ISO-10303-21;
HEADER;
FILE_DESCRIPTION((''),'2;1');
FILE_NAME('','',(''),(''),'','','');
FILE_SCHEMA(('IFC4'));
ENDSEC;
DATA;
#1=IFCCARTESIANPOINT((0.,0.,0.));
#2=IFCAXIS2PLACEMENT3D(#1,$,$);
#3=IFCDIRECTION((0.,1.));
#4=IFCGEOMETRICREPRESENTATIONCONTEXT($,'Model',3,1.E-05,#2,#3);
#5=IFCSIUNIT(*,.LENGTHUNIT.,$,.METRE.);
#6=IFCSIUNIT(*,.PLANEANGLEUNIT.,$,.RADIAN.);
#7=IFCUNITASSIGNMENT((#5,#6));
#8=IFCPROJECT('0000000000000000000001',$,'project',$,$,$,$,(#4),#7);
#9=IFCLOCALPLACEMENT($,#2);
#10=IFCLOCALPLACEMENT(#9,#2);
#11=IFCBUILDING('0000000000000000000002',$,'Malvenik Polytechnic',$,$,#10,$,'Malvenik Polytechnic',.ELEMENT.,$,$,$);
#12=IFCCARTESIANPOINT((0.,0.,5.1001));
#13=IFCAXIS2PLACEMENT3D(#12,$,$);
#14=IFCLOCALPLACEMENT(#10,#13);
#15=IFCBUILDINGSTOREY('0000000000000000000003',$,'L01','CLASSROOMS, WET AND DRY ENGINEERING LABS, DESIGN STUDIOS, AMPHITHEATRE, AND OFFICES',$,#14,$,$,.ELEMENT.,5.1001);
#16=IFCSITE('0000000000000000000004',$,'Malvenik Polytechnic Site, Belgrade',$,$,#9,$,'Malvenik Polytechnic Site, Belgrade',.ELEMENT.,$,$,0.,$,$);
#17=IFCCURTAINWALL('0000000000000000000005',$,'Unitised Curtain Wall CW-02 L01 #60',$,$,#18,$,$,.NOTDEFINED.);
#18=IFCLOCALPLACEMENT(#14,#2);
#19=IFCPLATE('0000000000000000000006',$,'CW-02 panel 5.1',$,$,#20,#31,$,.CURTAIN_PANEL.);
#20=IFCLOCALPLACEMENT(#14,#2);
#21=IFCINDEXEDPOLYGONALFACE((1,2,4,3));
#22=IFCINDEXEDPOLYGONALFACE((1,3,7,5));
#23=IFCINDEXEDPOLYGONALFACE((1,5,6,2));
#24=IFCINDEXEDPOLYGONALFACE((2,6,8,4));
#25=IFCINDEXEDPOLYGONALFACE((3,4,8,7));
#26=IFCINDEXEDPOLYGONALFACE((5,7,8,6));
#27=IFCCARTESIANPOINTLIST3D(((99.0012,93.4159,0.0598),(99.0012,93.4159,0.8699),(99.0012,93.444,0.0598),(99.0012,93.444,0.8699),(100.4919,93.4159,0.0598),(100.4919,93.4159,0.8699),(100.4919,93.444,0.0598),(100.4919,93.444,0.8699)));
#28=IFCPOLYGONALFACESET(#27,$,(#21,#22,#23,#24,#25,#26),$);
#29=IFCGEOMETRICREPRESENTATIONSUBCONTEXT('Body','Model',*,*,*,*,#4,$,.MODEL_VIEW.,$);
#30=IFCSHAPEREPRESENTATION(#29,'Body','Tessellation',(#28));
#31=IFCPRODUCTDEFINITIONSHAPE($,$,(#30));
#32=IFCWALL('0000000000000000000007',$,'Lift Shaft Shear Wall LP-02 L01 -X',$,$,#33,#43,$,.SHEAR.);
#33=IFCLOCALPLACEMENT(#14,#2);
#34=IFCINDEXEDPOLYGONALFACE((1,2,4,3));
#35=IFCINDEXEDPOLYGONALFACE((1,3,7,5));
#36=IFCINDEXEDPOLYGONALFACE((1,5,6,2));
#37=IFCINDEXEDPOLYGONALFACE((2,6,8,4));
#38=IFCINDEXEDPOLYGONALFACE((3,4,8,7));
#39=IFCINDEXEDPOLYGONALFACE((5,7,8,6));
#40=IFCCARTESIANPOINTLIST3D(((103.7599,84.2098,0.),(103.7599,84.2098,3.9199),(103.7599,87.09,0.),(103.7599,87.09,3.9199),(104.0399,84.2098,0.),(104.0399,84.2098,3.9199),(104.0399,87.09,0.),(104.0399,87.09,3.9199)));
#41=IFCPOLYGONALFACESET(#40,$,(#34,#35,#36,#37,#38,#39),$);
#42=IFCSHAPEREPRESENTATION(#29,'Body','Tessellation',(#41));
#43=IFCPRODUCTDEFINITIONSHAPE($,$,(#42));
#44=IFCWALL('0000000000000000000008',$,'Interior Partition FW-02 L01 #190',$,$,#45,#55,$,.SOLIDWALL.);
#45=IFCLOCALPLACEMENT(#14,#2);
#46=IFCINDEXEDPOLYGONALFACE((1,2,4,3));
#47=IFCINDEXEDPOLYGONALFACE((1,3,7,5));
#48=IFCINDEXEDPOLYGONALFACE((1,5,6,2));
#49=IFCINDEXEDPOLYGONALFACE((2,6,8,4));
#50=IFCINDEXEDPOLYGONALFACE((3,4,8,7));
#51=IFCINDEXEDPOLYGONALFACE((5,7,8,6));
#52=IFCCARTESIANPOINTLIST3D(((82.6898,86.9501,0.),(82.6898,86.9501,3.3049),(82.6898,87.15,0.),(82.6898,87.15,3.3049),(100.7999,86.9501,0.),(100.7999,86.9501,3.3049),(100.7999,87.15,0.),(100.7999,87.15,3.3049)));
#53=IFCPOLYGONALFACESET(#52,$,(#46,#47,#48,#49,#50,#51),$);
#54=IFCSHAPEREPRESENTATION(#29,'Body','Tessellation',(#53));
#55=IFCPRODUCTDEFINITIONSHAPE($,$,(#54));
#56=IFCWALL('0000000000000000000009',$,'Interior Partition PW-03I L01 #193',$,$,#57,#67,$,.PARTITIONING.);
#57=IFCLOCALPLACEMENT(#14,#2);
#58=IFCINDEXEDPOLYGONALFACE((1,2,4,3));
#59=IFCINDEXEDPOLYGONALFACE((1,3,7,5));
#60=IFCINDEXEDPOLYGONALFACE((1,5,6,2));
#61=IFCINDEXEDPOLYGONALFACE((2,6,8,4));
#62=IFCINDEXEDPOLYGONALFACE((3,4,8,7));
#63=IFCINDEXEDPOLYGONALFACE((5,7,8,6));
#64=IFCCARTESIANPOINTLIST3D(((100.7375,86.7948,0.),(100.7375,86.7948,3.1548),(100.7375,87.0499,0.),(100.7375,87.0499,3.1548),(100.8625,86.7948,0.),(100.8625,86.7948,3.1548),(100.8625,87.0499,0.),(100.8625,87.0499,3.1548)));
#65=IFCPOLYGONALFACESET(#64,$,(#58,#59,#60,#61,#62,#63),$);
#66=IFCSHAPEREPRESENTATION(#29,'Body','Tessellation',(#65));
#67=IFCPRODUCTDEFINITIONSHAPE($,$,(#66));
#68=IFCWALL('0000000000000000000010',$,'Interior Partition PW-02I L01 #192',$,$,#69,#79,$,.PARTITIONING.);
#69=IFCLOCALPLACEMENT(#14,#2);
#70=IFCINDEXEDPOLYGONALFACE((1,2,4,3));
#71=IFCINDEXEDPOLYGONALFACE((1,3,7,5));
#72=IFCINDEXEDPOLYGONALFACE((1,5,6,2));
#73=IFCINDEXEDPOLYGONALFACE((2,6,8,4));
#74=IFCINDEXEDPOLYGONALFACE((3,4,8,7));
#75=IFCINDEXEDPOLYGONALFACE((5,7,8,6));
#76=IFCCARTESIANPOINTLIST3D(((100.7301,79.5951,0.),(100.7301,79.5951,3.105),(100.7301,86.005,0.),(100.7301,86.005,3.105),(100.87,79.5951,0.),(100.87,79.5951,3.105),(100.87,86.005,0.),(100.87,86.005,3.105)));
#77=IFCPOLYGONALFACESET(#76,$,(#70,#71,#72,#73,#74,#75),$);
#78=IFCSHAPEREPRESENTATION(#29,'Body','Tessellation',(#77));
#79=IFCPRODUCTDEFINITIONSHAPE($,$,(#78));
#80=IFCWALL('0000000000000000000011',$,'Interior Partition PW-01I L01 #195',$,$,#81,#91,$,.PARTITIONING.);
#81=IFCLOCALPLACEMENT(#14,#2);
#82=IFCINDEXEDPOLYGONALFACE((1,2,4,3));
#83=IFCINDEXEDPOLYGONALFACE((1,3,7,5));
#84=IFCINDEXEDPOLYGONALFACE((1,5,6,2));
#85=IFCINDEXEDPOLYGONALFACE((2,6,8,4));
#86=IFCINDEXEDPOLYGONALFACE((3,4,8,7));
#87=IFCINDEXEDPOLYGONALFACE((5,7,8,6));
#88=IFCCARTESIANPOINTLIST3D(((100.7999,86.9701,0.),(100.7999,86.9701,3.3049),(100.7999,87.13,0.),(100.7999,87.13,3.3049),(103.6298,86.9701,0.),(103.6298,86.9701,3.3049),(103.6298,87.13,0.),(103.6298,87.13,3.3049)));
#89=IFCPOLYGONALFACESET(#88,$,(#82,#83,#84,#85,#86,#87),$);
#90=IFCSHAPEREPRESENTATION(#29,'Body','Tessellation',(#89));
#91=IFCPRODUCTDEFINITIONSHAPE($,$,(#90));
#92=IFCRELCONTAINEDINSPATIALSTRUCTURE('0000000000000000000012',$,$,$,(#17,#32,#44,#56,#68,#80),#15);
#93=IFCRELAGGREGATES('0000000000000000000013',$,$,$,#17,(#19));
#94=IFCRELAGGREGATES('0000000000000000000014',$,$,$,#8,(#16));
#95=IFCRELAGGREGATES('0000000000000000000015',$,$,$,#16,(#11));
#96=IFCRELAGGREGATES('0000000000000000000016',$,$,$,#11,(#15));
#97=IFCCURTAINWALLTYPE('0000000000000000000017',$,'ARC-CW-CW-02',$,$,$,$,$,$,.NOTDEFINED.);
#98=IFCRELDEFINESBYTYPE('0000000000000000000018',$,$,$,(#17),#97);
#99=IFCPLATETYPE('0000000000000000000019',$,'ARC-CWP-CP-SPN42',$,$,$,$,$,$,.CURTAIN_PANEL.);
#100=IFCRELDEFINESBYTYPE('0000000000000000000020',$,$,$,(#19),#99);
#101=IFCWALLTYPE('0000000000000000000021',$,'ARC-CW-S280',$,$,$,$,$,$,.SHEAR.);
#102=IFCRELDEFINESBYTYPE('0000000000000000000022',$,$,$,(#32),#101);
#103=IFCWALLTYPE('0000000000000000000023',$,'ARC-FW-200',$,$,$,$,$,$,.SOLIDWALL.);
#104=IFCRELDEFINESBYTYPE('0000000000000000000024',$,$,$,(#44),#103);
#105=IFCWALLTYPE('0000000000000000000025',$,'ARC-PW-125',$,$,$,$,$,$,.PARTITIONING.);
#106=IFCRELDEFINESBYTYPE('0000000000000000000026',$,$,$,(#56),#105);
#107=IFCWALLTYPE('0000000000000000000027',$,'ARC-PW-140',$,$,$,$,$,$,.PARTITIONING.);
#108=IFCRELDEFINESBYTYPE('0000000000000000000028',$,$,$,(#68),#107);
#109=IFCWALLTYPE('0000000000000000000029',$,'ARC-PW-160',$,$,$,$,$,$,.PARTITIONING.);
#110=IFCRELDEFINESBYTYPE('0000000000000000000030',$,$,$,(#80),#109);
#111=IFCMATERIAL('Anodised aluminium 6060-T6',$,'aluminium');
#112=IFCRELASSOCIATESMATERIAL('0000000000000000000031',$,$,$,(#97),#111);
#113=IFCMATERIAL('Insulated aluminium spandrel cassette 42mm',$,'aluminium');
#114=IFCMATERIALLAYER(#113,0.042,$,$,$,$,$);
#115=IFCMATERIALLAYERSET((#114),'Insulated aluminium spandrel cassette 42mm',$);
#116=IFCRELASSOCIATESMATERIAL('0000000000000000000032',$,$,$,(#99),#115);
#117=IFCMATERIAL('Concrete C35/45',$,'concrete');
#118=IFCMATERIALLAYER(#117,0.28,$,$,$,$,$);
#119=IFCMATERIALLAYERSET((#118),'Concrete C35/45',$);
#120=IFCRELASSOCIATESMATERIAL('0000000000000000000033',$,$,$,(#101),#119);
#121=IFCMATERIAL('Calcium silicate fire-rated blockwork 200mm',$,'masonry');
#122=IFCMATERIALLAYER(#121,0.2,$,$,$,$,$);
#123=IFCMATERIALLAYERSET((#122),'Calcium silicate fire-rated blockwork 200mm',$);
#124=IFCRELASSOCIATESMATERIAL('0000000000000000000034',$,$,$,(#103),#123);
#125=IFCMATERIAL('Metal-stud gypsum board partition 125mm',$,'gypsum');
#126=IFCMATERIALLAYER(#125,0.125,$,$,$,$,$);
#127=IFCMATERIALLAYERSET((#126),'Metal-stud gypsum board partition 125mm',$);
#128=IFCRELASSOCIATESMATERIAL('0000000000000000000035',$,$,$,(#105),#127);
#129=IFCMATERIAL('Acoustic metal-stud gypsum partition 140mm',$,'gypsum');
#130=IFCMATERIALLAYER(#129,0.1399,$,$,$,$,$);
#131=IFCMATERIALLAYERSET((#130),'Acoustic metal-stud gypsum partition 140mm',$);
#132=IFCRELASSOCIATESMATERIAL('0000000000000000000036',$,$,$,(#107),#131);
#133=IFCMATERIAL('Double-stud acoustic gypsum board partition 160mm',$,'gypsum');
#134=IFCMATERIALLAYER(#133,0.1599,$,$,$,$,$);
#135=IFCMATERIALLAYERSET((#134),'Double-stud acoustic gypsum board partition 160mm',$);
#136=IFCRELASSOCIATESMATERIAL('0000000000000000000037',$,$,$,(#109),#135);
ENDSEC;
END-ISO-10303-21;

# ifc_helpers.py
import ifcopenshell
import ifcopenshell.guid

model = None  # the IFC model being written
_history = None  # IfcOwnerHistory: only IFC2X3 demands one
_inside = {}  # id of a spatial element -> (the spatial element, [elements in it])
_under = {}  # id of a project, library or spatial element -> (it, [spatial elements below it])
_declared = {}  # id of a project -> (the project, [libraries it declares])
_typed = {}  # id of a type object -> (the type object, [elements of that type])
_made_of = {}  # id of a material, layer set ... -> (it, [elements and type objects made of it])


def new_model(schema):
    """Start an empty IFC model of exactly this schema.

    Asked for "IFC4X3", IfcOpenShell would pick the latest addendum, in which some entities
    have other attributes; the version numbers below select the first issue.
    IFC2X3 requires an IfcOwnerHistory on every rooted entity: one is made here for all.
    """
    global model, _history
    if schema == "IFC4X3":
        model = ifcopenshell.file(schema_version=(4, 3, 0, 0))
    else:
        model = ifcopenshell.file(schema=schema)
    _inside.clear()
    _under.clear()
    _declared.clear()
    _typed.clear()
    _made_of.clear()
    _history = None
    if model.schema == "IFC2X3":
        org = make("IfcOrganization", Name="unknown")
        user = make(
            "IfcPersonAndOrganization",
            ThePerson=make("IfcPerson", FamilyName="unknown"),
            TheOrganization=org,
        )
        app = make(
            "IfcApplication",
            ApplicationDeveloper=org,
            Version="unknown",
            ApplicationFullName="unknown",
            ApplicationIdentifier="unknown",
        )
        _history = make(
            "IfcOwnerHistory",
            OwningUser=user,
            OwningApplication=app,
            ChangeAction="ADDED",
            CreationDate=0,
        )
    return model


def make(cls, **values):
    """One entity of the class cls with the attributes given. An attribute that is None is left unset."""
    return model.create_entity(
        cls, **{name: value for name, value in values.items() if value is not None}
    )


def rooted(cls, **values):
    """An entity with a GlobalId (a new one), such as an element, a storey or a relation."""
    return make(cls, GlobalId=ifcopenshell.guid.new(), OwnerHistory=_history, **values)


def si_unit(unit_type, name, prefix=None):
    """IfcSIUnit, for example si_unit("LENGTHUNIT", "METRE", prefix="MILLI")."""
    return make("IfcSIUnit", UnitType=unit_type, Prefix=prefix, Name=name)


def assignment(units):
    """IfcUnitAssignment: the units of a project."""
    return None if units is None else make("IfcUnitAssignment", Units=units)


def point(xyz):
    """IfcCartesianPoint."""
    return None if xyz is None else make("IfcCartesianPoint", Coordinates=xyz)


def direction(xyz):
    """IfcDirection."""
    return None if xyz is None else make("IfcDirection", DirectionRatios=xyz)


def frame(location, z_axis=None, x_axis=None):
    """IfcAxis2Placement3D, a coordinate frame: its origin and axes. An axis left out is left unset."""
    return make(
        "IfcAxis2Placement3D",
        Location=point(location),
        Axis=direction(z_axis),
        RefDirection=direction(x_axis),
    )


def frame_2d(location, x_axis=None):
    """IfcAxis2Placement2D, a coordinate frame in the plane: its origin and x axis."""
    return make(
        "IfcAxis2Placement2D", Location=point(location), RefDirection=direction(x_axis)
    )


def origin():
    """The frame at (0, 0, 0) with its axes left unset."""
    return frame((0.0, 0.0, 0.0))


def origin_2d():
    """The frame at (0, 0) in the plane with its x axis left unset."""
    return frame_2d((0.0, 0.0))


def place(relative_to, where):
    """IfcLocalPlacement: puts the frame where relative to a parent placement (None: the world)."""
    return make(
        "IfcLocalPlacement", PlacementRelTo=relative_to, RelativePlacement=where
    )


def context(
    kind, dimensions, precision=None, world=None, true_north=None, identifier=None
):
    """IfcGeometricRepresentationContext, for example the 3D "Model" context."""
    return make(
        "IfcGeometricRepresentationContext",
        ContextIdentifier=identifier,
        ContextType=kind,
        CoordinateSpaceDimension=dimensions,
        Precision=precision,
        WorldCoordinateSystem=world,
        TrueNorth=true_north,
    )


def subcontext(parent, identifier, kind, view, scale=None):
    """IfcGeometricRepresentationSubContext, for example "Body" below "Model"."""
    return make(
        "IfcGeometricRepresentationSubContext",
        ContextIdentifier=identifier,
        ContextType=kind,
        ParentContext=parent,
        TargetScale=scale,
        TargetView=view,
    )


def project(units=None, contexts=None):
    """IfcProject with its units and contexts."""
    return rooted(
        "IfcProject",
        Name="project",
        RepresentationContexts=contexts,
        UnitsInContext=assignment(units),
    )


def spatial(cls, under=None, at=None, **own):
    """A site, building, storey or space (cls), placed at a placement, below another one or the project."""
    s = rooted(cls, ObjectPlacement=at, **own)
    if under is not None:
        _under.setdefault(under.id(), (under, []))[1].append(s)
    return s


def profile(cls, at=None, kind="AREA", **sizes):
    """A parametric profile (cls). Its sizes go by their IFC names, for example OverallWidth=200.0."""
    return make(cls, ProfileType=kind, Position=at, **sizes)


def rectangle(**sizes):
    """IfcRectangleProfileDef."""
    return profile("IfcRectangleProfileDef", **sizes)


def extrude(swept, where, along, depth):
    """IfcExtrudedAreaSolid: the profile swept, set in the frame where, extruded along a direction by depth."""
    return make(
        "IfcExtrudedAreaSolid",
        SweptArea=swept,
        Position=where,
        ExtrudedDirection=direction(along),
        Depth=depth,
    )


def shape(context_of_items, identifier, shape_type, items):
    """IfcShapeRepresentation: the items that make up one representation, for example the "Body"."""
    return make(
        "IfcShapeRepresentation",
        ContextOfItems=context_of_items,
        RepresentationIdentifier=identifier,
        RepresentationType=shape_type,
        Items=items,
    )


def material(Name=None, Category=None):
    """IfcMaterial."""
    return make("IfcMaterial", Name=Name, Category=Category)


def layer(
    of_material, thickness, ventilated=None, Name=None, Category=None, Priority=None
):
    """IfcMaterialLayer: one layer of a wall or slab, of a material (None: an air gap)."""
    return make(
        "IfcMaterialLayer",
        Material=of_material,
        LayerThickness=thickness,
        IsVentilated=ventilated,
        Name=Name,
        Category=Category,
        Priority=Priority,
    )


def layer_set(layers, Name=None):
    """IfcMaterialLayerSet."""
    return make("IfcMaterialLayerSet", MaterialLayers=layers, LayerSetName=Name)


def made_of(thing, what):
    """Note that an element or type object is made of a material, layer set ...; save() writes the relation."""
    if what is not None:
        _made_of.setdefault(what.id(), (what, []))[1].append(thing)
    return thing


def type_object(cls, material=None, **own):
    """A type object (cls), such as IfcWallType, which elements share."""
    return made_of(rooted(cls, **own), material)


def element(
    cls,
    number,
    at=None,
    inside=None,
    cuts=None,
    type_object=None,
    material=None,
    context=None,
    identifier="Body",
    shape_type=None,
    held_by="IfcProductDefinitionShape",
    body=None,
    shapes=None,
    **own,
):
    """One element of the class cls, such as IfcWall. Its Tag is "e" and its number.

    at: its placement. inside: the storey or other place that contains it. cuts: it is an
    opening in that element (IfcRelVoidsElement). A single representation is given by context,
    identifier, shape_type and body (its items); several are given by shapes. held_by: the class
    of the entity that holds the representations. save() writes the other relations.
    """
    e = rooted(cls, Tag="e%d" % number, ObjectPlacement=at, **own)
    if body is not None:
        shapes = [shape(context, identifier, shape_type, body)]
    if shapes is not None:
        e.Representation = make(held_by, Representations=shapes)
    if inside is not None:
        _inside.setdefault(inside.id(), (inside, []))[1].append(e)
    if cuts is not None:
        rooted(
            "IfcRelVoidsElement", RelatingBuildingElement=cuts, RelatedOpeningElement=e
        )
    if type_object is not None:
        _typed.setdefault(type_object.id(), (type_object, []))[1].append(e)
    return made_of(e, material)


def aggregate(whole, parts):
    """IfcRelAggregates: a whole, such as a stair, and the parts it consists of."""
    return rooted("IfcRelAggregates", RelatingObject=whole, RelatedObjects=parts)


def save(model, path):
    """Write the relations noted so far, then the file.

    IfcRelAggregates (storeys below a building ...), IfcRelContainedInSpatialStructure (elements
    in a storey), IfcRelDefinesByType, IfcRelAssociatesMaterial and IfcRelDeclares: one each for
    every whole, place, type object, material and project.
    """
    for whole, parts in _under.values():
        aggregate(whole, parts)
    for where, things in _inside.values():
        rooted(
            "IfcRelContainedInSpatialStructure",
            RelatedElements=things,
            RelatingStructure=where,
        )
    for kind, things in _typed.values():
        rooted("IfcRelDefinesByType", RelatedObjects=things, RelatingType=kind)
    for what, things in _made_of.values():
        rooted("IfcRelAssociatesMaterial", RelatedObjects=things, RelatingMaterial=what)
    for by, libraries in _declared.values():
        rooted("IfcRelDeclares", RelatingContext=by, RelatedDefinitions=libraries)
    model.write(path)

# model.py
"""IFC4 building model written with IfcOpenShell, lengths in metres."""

from ifc_helpers import new_model, si_unit, direction, frame, frame_2d, origin, origin_2d, place, context, subcontext, project, spatial, rectangle, extrude, material, layer, layer_set, type_object, element, aggregate, save


model = new_model("IFC4")

# Units and contexts
model_context = context("Model", 3, precision=1e-05, world=origin(), true_north=direction((0.0, 1.0)))
body_context = subcontext(model_context, "Body", "Model", "MODEL_VIEW")
ifc_project = project(units=[si_unit("LENGTHUNIT", "METRE"), si_unit("PLANEANGLEUNIT", "RADIAN")], contexts=[model_context])

# Site, building, storey
site_placement = place(None, origin())
site = spatial("IfcSite", under=ifc_project, at=site_placement, Name="Malvenik Polytechnic Site, Belgrade", LongName="Malvenik Polytechnic Site, Belgrade", CompositionType="ELEMENT", RefElevation=0.0)
building_placement = place(site_placement, origin())
building = spatial("IfcBuilding", under=site, at=building_placement, Name="Malvenik Polytechnic", LongName="Malvenik Polytechnic", CompositionType="ELEMENT")
storey_placement = place(building_placement, frame((0.0, 0.0, 5.1001)))
storey = spatial("IfcBuildingStorey", under=building, at=storey_placement, Name="L01", Description="CLASSROOMS, WET AND DRY ENGINEERING LABS, DESIGN STUDIOS, AMPHITHEATRE, AND OFFICES", CompositionType="ELEMENT", Elevation=5.1001)

# Shared definitions
ifc_material_1 = material(Name="Concrete C35/45", Category="concrete")

# Shared definitions
ifc_material_2 = material(Name="Anodised aluminium 6060-T6", Category="aluminium")
curtain_wall_type = type_object("IfcCurtainWallType", Name="ARC-CW-CW-02", PredefinedType="NOTDEFINED", material=ifc_material_2)

# Curtain wall
curtain_wall_1_placement = place(storey_placement, origin())
curtain_wall_1 = element("IfcCurtainWall", 1, at=curtain_wall_1_placement, inside=storey, type_object=curtain_wall_type, Name="Unitised Curtain Wall CW-02 L01 #60", PredefinedType="NOTDEFINED")

# Plate
ifc_material_3 = material(Name="Insulated aluminium spandrel cassette 42mm", Category="aluminium")
ifc_layer_1 = layer(ifc_material_3, 0.042)
ifc_layer_set_1 = layer_set([ifc_layer_1], Name="Insulated aluminium spandrel cassette 42mm")
plate_type_1 = type_object("IfcPlateType", Name="ARC-CWP-CP-SPN42", PredefinedType="CURTAIN_PANEL", material=ifc_layer_set_1)
plate_1_placement = place(storey_placement, frame((99.7466, 93.4299, 0.0598), z_axis=(0.0, 0.0, 1.0), x_axis=(1.0, 0.0, 0.0)))
plate_1 = element("IfcPlate", 2, at=plate_1_placement, type_object=plate_type_1, Name="CW-02 panel 5.1", PredefinedType="CURTAIN_PANEL", context=body_context, shape_type="SweptSolid", body=[
    extrude(rectangle(XDim=1.4907, YDim=0.0281, at=origin_2d()), origin(), (0.0, 0.0, 1.0), 0.8101),
])
aggregate(curtain_wall_1, [plate_1])

# Shared definitions
ifc_layer_2 = layer(ifc_material_1, 0.28)
ifc_layer_set_2 = layer_set([ifc_layer_2], Name="Concrete C35/45")
wall_type_1 = type_object("IfcWallType", Name="ARC-CW-S280", PredefinedType="SHEAR", material=ifc_layer_set_2)

# Walls
wall_1_placement = place(storey_placement, frame((103.8999, 84.21, 0.0), z_axis=(0.0, 0.0, 1.0), x_axis=(0.0, 1.0, 0.0)))
element("IfcWall", 3, at=wall_1_placement, inside=storey, type_object=wall_type_1, Name="Lift Shaft Shear Wall LP-02 L01 -X", PredefinedType="SHEAR", context=body_context, shape_type="SweptSolid", body=[
    extrude(rectangle(XDim=2.8801, YDim=0.28, at=frame_2d((1.4399, 0.0))), origin(), (0.0, 0.0, 1.0), 3.9199),
])
ifc_material_4 = material(Name="Calcium silicate fire-rated blockwork 200mm", Category="masonry")
ifc_layer_3 = layer(ifc_material_4, 0.2)
ifc_layer_set_3 = layer_set([ifc_layer_3], Name="Calcium silicate fire-rated blockwork 200mm")
wall_type_2 = type_object("IfcWallType", Name="ARC-FW-200", PredefinedType="SOLIDWALL", material=ifc_layer_set_3)
wall_2_placement = place(storey_placement, frame((100.8, 87.05, 0.0), z_axis=(0.0, 0.0, 1.0), x_axis=(-1.0, 0.0, 0.0)))
element("IfcWall", 4, at=wall_2_placement, inside=storey, type_object=wall_type_2, Name="Interior Partition FW-02 L01 #190", PredefinedType="SOLIDWALL", context=body_context, shape_type="SweptSolid", body=[
    extrude(rectangle(XDim=18.1101, YDim=0.2, at=frame_2d((9.0552, 0.0))), origin(), (0.0, 0.0, 1.0), 3.3049),
])
ifc_material_5 = material(Name="Metal-stud gypsum board partition 125mm", Category="gypsum")
ifc_layer_4 = layer(ifc_material_5, 0.125)
ifc_layer_set_4 = layer_set([ifc_layer_4], Name="Metal-stud gypsum board partition 125mm")
wall_type_3 = type_object("IfcWallType", Name="ARC-PW-125", PredefinedType="PARTITIONING", material=ifc_layer_set_4)
wall_3_placement = place(storey_placement, frame((100.8, 86.7949, 0.0), z_axis=(0.0, 0.0, 1.0), x_axis=(0.0, 1.0, 0.0)))
element("IfcWall", 5, at=wall_3_placement, inside=storey, type_object=wall_type_3, Name="Interior Partition PW-03I L01 #193", PredefinedType="PARTITIONING", context=body_context, shape_type="SweptSolid", body=[
    extrude(rectangle(XDim=0.2551, YDim=0.125, at=frame_2d((0.1274, 0.0))), origin(), (0.0, 0.0, 1.0), 3.1548),
])
ifc_material_6 = material(Name="Acoustic metal-stud gypsum partition 140mm", Category="gypsum")
ifc_layer_5 = layer(ifc_material_6, 0.1399)
ifc_layer_set_5 = layer_set([ifc_layer_5], Name="Acoustic metal-stud gypsum partition 140mm")
wall_type_4 = type_object("IfcWallType", Name="ARC-PW-140", PredefinedType="PARTITIONING", material=ifc_layer_set_5)
wall_4_placement = place(storey_placement, frame((100.8, 79.595, 0.0), z_axis=(0.0, 0.0, 1.0), x_axis=(0.0, 1.0, 0.0)))
element("IfcWall", 6, at=wall_4_placement, inside=storey, type_object=wall_type_4, Name="Interior Partition PW-02I L01 #192", PredefinedType="PARTITIONING", context=body_context, shape_type="SweptSolid", body=[
    extrude(rectangle(XDim=6.4099, YDim=0.1399, at=frame_2d((3.2051, 0.0))), origin(), (0.0, 0.0, 1.0), 3.105),
])
ifc_material_7 = material(Name="Double-stud acoustic gypsum board partition 160mm", Category="gypsum")
ifc_layer_6 = layer(ifc_material_7, 0.1599)
ifc_layer_set_6 = layer_set([ifc_layer_6], Name="Double-stud acoustic gypsum board partition 160mm")
wall_type_5 = type_object("IfcWallType", Name="ARC-PW-160", PredefinedType="PARTITIONING", material=ifc_layer_set_6)
wall_5_placement = place(storey_placement, frame((103.6299, 87.05, 0.0), z_axis=(0.0, 0.0, 1.0), x_axis=(-1.0, 0.0, 0.0)))
element("IfcWall", 7, at=wall_5_placement, inside=storey, type_object=wall_type_5, Name="Interior Partition PW-01I L01 #195", PredefinedType="PARTITIONING", context=body_context, shape_type="SweptSolid", body=[
    extrude(rectangle(XDim=2.8298, YDim=0.1599, at=frame_2d((1.415, 0.0))), origin(), (0.0, 0.0, 1.0), 3.3049),
])

save(model, "model.ifc")
